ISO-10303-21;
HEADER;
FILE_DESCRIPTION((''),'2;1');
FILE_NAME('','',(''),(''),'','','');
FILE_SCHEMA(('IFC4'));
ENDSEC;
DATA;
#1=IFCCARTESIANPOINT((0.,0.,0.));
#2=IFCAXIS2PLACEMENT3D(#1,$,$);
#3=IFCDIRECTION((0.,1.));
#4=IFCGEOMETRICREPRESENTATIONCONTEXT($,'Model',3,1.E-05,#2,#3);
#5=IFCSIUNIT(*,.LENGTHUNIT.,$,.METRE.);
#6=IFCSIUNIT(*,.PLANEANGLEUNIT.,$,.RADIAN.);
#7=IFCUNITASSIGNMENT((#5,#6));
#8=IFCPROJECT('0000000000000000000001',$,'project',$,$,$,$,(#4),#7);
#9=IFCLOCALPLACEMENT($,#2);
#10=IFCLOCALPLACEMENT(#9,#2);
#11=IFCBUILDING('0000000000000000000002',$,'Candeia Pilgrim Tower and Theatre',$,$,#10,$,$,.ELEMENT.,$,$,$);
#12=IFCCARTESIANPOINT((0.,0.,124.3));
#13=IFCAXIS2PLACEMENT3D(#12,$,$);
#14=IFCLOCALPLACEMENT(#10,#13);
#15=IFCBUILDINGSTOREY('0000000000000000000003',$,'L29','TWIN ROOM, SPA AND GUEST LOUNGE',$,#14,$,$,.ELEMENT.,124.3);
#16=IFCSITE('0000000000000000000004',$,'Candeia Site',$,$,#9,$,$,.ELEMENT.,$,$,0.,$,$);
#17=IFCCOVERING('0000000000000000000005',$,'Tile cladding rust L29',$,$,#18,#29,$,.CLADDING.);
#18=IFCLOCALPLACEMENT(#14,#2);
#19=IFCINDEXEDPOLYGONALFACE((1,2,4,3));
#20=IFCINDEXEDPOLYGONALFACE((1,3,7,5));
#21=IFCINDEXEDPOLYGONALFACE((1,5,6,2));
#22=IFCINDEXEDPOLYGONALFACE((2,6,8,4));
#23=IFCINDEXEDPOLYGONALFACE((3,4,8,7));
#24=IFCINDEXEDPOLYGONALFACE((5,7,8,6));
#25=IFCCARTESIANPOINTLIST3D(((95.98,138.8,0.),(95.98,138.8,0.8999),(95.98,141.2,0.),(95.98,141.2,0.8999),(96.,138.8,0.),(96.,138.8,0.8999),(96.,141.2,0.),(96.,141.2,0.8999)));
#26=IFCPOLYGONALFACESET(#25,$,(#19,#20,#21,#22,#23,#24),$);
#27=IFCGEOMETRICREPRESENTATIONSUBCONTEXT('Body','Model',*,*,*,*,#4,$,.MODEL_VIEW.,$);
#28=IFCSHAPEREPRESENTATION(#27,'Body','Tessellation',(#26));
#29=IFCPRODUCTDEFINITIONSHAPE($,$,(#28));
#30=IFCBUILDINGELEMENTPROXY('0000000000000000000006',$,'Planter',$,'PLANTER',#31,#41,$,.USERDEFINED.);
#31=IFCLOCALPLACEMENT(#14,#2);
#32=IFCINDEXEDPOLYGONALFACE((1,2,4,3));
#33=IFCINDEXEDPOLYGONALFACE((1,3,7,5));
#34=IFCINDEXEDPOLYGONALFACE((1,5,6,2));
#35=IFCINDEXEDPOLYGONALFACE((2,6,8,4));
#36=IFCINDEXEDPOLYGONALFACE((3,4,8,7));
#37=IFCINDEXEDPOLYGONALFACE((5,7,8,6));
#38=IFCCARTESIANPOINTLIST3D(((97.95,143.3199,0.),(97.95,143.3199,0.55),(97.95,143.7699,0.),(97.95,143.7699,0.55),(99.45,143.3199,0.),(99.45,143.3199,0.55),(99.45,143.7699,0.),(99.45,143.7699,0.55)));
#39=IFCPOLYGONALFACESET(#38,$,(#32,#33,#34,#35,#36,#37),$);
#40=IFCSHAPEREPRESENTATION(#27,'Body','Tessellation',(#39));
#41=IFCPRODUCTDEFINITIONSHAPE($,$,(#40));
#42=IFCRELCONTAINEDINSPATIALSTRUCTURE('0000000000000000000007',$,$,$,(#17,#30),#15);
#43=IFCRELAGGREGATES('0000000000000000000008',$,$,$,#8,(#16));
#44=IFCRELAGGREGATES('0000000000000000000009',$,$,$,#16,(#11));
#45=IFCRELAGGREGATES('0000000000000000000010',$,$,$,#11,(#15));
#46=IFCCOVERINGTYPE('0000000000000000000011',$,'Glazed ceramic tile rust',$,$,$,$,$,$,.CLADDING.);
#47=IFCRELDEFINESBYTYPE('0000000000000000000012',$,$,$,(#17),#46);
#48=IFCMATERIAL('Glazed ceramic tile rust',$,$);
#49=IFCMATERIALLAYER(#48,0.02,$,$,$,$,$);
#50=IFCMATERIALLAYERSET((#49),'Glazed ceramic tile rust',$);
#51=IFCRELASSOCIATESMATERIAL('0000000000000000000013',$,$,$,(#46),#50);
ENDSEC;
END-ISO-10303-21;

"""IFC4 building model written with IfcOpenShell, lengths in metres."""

from ifc_helpers import new_model, si_unit, direction, frame, origin, origin_2d, place, context, subcontext, project, spatial, rectangle, extrude, material, layer, layer_set, type_object, element, save


model = new_model("IFC4")

# Units and contexts
model_context = context("Model", 3, precision=1e-05, world=origin(), true_north=direction((0.0, 1.0)))
body_context = subcontext(model_context, "Body", "Model", "MODEL_VIEW")
ifc_project = project(units=[si_unit("LENGTHUNIT", "METRE"), si_unit("PLANEANGLEUNIT", "RADIAN")], contexts=[model_context])

# Site, building, storey
site_placement = place(None, origin())
site = spatial("IfcSite", under=ifc_project, at=site_placement, Name="Candeia Site", CompositionType="ELEMENT", RefElevation=0.0)
building_placement = place(site_placement, origin())
building = spatial("IfcBuilding", under=site, at=building_placement, Name="Candeia Pilgrim Tower and Theatre", CompositionType="ELEMENT")
storey_placement = place(building_placement, frame((0.0, 0.0, 124.3)))
storey = spatial("IfcBuildingStorey", under=building, at=storey_placement, Name="L29", Description="TWIN ROOM, SPA AND GUEST LOUNGE", CompositionType="ELEMENT", Elevation=124.3)

# Covering
ifc_material_1 = material(Name="Glazed ceramic tile rust")
ifc_layer_1 = layer(ifc_material_1, 0.02)
ifc_layer_set_1 = layer_set([ifc_layer_1], Name="Glazed ceramic tile rust")
covering_type_1 = type_object("IfcCoveringType", Name="Glazed ceramic tile rust", PredefinedType="CLADDING", material=ifc_layer_set_1)
covering_1_placement = place(storey_placement, frame((95.99, 140.0, 0.0), z_axis=(0.0, 0.0, 1.0), x_axis=(0.0, -1.0, 0.0)))
element("IfcCovering", 1, at=covering_1_placement, inside=storey, type_object=covering_type_1, Name="Tile cladding rust L29", PredefinedType="CLADDING", context=body_context, shape_type="SweptSolid", body=[
    extrude(rectangle(XDim=2.3999, YDim=0.02, at=origin_2d()), origin(), (0.0, 0.0, 1.0), 0.8999),
])

# Building element proxy
proxy_placement = place(storey_placement, frame((98.7, 143.5449, 0.0), z_axis=(0.0, 0.0, 1.0), x_axis=(-1.0, 0.0, 0.0)))
element("IfcBuildingElementProxy", 2, at=proxy_placement, inside=storey, Name="Planter", ObjectType="PLANTER", PredefinedType="USERDEFINED", context=body_context, shape_type="SweptSolid", body=[
    extrude(rectangle(XDim=1.5, YDim=0.45, at=origin_2d()), origin(), (0.0, 0.0, 1.0), 0.55),
])

save(model, "model.ifc")
